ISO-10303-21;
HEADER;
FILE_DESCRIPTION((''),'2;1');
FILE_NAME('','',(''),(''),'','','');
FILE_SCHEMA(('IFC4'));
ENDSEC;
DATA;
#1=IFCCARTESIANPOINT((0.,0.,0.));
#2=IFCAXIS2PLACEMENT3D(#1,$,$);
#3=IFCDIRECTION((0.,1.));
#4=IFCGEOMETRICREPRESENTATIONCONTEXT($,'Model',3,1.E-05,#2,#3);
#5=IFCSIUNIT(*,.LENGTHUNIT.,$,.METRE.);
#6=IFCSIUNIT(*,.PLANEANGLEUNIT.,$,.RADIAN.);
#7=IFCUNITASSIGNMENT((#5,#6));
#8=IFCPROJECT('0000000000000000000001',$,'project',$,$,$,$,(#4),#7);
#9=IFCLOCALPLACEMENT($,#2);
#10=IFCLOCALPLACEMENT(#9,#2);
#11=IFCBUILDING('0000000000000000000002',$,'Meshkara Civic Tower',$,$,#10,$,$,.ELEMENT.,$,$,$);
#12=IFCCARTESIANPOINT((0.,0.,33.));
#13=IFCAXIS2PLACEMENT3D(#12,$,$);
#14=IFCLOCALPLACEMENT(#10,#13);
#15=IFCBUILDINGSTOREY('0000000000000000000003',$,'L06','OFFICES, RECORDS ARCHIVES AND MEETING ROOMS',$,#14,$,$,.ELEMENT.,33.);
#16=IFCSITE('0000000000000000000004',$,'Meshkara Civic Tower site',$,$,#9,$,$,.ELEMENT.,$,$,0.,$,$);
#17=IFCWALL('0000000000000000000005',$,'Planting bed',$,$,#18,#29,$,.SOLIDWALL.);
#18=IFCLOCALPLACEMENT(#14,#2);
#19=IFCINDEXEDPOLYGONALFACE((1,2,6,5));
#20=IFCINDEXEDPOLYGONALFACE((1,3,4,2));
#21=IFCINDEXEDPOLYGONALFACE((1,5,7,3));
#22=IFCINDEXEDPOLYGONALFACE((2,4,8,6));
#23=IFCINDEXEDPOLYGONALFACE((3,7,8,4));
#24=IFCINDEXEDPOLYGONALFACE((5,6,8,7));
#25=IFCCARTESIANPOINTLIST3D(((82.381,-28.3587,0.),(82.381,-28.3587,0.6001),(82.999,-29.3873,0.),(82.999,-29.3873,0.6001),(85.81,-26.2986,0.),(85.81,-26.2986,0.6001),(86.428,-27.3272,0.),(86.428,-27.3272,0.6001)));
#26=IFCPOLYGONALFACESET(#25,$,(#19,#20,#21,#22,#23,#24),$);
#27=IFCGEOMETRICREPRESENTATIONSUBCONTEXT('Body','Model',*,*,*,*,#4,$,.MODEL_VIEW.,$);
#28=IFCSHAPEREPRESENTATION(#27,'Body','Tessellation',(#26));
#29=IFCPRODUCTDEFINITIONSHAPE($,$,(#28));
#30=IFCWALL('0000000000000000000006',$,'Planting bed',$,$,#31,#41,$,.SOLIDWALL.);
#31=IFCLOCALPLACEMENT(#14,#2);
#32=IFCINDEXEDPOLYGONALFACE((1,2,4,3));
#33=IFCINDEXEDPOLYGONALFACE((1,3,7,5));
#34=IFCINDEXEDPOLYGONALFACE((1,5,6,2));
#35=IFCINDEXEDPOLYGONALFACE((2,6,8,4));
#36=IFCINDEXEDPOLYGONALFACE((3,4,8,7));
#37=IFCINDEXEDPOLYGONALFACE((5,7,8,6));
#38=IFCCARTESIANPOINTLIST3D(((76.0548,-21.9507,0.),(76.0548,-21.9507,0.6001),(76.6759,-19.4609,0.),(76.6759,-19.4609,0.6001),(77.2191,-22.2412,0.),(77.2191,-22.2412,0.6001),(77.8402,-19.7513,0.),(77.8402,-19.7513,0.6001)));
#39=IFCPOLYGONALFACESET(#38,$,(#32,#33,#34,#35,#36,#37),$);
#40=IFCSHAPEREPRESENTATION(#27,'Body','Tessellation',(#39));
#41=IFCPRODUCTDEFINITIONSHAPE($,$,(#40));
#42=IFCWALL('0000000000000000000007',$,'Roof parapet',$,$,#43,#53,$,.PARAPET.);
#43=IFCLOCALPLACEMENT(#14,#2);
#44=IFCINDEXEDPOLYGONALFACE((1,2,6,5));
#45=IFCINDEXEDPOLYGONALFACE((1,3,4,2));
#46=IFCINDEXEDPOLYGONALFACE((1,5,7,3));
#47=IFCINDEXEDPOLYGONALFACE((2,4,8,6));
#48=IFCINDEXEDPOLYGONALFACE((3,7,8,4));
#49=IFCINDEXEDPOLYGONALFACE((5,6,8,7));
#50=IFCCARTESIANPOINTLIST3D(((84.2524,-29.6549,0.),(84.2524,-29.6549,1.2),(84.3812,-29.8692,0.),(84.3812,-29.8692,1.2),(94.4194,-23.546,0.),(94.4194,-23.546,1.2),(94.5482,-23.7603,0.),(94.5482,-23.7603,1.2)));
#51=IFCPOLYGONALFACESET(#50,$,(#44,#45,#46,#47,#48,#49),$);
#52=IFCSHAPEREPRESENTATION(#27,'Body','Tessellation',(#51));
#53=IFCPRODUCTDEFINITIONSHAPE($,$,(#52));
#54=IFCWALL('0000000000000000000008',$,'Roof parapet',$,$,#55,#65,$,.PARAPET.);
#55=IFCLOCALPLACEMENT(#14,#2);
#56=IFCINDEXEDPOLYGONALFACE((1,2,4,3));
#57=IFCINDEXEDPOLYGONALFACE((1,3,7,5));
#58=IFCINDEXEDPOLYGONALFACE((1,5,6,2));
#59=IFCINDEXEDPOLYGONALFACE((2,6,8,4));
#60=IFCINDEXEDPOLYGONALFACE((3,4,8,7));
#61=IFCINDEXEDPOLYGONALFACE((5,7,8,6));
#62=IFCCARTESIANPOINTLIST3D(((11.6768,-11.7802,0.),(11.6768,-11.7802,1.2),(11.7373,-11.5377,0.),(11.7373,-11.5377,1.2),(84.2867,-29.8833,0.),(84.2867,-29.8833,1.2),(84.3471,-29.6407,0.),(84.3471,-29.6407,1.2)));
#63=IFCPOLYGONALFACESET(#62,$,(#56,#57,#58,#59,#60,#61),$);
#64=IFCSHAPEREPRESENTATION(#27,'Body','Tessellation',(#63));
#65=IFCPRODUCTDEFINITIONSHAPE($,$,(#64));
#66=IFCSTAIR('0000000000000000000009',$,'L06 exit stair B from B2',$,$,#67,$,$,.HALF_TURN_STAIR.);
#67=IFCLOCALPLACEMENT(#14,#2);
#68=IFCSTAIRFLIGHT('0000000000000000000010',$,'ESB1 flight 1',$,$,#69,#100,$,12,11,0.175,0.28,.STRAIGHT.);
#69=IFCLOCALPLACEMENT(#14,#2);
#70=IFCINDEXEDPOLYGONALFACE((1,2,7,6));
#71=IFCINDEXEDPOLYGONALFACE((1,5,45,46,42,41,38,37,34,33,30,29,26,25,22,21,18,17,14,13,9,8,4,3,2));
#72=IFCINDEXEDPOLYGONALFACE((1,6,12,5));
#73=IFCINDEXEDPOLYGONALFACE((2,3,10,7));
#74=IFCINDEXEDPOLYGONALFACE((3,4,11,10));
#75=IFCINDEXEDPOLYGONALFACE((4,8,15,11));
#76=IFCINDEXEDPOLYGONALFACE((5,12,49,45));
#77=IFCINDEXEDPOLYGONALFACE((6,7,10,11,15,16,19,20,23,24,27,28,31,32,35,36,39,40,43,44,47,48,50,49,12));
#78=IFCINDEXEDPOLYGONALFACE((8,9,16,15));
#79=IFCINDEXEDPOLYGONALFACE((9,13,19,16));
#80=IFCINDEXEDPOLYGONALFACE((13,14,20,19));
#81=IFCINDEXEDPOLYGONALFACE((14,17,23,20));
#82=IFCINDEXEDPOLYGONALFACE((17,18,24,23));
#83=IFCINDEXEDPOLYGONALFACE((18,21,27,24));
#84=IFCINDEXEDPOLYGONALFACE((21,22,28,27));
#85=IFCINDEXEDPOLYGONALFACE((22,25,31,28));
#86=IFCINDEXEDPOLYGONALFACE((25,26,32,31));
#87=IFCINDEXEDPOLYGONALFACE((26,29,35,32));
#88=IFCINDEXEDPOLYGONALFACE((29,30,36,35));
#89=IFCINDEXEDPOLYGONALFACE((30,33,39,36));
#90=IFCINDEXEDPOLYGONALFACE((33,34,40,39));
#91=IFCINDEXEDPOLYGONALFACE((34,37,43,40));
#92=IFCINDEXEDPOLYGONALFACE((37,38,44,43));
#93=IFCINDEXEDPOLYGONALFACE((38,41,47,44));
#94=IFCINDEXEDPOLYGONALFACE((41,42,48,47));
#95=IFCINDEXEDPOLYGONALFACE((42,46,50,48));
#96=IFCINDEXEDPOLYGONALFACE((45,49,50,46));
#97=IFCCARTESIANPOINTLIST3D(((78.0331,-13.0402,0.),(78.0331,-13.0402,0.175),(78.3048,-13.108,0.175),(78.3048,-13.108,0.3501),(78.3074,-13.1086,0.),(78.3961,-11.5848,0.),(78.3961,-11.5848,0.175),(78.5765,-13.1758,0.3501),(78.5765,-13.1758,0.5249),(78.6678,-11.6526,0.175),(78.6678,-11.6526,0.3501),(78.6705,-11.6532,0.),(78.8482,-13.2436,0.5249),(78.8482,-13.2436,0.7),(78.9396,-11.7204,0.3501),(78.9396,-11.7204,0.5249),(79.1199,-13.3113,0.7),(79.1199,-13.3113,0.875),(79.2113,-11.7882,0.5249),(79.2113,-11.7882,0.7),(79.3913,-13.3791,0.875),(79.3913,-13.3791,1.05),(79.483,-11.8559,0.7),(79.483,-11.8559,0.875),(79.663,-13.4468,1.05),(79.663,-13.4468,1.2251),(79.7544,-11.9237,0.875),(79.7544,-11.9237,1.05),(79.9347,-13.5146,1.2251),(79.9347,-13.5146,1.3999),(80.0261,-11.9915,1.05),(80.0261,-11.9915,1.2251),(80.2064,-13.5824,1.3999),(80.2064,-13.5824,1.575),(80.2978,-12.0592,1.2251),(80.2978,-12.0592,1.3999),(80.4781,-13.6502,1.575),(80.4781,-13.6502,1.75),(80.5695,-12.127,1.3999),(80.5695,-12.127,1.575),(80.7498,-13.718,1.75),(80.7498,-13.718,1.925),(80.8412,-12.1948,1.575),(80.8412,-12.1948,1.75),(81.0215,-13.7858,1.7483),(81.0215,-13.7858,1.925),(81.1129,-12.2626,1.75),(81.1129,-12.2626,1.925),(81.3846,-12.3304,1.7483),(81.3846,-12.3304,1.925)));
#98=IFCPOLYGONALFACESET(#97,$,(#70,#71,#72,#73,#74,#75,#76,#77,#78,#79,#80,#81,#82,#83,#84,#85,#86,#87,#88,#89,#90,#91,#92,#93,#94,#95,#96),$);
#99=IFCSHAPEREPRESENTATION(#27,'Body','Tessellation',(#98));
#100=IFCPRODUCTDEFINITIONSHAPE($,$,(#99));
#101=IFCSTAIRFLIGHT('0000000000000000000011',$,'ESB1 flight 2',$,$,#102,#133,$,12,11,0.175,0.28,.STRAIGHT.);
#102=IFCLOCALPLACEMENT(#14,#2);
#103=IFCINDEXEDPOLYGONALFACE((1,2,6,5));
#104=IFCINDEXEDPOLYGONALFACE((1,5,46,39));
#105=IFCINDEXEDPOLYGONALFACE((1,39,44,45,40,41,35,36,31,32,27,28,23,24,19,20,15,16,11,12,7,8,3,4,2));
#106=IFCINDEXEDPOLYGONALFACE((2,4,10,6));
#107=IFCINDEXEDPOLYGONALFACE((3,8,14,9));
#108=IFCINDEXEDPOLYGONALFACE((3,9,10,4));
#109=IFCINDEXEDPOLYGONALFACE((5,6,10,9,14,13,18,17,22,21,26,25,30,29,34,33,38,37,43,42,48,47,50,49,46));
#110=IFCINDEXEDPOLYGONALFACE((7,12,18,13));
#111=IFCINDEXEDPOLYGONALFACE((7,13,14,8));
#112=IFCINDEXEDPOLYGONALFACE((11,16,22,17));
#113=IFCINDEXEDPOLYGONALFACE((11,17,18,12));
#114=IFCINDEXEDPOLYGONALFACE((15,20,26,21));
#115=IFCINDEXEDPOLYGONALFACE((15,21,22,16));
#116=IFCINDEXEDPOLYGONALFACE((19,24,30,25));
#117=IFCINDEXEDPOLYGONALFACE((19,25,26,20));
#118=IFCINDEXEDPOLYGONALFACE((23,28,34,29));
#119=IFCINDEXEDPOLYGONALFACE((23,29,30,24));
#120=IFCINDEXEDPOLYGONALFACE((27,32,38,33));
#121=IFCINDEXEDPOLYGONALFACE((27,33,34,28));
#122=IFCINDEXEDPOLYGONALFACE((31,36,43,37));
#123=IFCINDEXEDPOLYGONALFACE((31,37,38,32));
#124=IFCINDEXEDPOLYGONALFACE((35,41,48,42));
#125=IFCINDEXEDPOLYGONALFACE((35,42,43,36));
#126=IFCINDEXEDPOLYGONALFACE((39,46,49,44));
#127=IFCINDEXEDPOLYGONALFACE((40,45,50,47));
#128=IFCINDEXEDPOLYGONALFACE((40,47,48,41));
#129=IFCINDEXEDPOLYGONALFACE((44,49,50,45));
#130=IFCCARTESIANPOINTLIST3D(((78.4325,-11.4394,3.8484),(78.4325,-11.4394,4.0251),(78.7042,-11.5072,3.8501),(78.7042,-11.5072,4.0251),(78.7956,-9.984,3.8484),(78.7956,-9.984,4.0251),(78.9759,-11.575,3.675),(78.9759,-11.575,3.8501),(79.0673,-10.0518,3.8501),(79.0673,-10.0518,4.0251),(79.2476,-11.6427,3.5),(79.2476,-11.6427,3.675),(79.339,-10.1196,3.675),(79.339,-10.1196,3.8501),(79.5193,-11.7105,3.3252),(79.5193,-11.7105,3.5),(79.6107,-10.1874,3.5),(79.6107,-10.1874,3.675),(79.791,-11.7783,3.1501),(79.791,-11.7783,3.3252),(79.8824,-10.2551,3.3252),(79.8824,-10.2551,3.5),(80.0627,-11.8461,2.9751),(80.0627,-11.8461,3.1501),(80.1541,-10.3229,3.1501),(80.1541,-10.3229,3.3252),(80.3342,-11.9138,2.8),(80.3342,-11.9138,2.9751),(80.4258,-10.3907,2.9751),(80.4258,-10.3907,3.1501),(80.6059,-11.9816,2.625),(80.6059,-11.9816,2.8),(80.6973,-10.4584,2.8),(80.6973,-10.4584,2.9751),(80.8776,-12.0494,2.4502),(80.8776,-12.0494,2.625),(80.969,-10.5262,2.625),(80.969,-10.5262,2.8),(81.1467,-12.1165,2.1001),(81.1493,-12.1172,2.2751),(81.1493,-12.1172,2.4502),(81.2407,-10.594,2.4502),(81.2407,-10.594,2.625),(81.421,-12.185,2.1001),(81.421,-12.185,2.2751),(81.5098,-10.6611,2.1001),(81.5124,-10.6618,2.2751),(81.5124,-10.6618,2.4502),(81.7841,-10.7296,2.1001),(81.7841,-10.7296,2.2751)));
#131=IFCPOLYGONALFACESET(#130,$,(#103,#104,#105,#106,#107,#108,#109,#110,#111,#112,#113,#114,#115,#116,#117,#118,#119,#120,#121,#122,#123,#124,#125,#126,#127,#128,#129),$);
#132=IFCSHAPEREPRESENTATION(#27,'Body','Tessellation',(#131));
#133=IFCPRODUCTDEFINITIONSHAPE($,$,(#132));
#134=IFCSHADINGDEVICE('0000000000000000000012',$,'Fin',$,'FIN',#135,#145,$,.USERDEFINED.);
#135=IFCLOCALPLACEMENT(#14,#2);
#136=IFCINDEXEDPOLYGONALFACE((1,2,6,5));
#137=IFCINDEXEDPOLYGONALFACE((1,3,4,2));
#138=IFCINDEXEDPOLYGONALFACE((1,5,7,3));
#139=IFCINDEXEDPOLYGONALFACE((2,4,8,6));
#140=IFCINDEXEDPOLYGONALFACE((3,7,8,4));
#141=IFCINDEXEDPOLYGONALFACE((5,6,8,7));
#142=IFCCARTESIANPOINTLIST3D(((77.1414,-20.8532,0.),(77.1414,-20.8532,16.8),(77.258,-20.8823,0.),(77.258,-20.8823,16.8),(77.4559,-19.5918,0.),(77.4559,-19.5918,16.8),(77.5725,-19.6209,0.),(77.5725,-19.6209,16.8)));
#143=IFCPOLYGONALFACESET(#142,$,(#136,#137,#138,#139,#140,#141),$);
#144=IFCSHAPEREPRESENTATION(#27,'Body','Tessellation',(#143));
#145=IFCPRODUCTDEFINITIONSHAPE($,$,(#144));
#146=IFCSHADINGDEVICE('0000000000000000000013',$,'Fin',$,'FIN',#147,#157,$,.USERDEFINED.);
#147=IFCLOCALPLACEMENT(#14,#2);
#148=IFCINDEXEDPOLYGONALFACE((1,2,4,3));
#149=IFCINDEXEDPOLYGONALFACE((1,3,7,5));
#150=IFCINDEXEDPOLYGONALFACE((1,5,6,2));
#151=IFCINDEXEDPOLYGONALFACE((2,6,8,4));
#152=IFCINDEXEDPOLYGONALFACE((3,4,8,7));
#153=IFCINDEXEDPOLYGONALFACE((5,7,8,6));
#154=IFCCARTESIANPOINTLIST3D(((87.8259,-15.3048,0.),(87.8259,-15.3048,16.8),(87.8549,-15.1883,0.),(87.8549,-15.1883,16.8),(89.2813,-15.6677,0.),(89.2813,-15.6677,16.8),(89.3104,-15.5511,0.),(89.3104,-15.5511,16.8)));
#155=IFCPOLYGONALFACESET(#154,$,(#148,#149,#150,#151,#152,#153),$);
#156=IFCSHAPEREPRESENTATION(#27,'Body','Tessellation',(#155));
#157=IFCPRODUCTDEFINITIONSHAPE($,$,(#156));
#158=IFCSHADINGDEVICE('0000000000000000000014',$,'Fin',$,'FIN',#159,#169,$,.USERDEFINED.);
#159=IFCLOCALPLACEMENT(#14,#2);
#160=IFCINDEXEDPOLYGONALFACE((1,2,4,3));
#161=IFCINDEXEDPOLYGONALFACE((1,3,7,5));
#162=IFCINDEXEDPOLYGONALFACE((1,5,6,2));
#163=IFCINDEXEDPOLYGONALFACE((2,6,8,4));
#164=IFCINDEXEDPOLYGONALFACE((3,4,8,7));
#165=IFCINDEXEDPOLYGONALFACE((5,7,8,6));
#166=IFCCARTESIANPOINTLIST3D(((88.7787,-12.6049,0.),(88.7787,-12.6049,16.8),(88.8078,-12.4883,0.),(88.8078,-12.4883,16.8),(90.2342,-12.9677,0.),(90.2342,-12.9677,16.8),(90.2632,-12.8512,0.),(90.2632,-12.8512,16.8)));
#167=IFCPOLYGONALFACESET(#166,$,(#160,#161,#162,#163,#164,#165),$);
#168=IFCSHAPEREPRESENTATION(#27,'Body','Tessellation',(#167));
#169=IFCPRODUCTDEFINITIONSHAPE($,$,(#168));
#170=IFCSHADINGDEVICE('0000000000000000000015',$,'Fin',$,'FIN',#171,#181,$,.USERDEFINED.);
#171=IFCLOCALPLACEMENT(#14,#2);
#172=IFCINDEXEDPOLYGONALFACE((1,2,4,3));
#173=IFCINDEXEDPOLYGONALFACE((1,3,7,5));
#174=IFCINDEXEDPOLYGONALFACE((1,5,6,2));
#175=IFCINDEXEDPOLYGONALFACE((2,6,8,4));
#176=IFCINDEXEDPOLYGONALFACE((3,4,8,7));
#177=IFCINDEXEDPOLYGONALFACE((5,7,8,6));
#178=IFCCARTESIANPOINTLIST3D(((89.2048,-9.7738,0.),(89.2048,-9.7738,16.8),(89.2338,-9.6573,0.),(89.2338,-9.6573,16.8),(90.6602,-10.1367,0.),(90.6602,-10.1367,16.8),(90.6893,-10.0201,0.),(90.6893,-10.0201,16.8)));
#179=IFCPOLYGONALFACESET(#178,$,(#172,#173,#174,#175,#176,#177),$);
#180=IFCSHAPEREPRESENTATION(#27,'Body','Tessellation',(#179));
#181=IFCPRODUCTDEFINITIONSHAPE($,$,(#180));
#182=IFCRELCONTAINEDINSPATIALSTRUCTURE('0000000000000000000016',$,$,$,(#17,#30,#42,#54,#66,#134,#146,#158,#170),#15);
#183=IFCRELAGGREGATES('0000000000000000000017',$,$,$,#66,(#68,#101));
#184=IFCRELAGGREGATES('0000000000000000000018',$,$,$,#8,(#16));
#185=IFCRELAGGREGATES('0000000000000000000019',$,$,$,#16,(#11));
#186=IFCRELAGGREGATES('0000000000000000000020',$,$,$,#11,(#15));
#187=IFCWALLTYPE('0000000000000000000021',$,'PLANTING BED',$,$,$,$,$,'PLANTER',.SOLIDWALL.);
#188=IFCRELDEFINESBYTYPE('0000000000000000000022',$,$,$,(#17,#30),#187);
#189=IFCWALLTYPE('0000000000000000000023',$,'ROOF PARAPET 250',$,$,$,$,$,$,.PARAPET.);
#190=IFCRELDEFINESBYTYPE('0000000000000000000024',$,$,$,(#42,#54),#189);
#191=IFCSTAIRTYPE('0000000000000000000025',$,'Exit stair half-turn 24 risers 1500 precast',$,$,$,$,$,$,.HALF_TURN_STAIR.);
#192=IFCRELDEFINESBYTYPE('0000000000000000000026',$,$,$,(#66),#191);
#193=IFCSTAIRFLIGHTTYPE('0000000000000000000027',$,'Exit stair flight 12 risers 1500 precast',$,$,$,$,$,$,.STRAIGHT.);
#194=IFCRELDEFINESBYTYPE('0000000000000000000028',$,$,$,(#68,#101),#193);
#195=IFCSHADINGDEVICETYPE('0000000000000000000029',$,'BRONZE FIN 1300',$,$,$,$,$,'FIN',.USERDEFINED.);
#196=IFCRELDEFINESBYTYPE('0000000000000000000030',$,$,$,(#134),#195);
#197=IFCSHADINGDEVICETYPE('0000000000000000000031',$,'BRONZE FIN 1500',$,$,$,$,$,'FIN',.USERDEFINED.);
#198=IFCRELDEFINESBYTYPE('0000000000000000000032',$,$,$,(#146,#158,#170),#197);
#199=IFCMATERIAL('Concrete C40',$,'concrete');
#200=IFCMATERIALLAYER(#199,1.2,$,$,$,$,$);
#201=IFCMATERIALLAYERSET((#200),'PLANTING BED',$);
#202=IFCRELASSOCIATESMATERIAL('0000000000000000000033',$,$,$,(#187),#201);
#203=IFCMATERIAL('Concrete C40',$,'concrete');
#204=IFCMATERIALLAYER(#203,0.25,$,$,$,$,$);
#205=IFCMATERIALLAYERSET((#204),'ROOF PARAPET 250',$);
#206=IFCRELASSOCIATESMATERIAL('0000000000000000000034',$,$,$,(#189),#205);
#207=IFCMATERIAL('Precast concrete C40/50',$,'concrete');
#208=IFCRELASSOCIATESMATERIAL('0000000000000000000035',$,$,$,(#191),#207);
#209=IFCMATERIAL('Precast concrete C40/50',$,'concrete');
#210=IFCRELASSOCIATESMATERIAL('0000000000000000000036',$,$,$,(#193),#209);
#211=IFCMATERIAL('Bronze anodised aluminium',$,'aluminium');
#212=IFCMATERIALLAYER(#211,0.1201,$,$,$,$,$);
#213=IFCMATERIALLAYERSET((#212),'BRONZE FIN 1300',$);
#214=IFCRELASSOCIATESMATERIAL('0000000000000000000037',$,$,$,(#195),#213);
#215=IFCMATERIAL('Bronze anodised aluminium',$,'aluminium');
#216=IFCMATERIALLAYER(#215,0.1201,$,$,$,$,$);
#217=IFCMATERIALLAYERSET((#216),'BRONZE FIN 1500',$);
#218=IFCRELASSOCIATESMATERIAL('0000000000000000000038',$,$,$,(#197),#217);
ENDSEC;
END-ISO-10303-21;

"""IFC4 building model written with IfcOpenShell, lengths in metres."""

from ifc_helpers import new_model, si_unit, direction, frame, frame_2d, origin, origin_2d, place, context, subcontext, project, spatial, polyline, rectangle, outline, extrude, material, layer, layer_set, type_object, element, aggregate, save


model = new_model("IFC4")

# Units and contexts
model_context = context("Model", 3, precision=1e-05, world=origin(), true_north=direction((0.0, 1.0)))
body_context = subcontext(model_context, "Body", "Model", "MODEL_VIEW")
ifc_project = project(units=[si_unit("LENGTHUNIT", "METRE"), si_unit("PLANEANGLEUNIT", "RADIAN")], contexts=[model_context])

# Site, building, storey
site_placement = place(None, origin())
site = spatial("IfcSite", under=ifc_project, at=site_placement, Name="Meshkara Civic Tower site", CompositionType="ELEMENT", RefElevation=0.0)
building_placement = place(site_placement, origin())
building = spatial("IfcBuilding", under=site, at=building_placement, Name="Meshkara Civic Tower", CompositionType="ELEMENT")
storey_placement = place(building_placement, frame((0.0, 0.0, 33.0)))
storey = spatial("IfcBuildingStorey", under=building, at=storey_placement, Name="L06", Description="OFFICES, RECORDS ARCHIVES AND MEETING ROOMS", CompositionType="ELEMENT", Elevation=33.0)

# Walls
ifc_material_1 = material(Name="Concrete C40", Category="concrete")
ifc_layer_1 = layer(ifc_material_1, 1.2)
ifc_layer_set_1 = layer_set([ifc_layer_1], Name="PLANTING BED")
wall_type_1 = type_object("IfcWallType", Name="PLANTING BED", ElementType="PLANTER", PredefinedType="SOLIDWALL", material=ifc_layer_set_1)
wall_1_placement = place(storey_placement, frame((86.1189, -26.813, 0.0), z_axis=(0.0, 0.0, 1.0), x_axis=(-0.857197, -0.514989, 0.0)))
element("IfcWall", 1, at=wall_1_placement, inside=storey, type_object=wall_type_1, Name="Planting bed", PredefinedType="SOLIDWALL", context=body_context, shape_type="SweptSolid", body=[
    extrude(rectangle(XDim=4.0002, YDim=1.2, at=frame_2d((2.0, 0.0))), origin(), (0.0, 0.0, 1.0), 0.6001),
])
wall_2_placement = place(storey_placement, frame((77.2581, -19.606, 0.0), z_axis=(0.0, 0.0, 1.0), x_axis=(-0.242021, -0.970271, 0.0)))
element("IfcWall", 2, at=wall_2_placement, inside=storey, type_object=wall_type_1, Name="Planting bed", PredefinedType="SOLIDWALL", context=body_context, shape_type="SweptSolid", body=[
    extrude(rectangle(XDim=2.5662, YDim=1.2, at=frame_2d((1.2832, 0.0))), origin(), (0.0, 0.0, 1.0), 0.6001),
])
ifc_material_2 = material(Name="Concrete C40", Category="concrete")
ifc_layer_2 = layer(ifc_material_2, 0.25)
ifc_layer_set_2 = layer_set([ifc_layer_2], Name="ROOF PARAPET 250")
wall_type_2 = type_object("IfcWallType", Name="ROOF PARAPET 250", PredefinedType="PARAPET", material=ifc_layer_set_2)
wall_3_placement = place(storey_placement, frame((94.4839, -23.6531, 0.0), z_axis=(0.0, 0.0, 1.0), x_axis=(-0.857169, -0.515034, 0.0)))
element("IfcWall", 3, at=wall_3_placement, inside=storey, type_object=wall_type_2, Name="Roof parapet", PredefinedType="PARAPET", context=body_context, shape_type="SweptSolid", body=[
    extrude(rectangle(XDim=11.8611, YDim=0.25, at=frame_2d((5.9307, 0.0))), origin(), (0.0, 0.0, 1.0), 1.2),
])
wall_4_placement = place(storey_placement, frame((84.3169, -29.762, 0.0), z_axis=(0.0, 0.0, 1.0), x_axis=(-0.970298, 0.241914, 0.0)))
element("IfcWall", 4, at=wall_4_placement, inside=storey, type_object=wall_type_2, Name="Roof parapet", PredefinedType="PARAPET", context=body_context, shape_type="SweptSolid", body=[
    extrude(rectangle(XDim=74.8325, YDim=0.25, at=frame_2d((37.4163, 0.0))), origin(), (0.0, 0.0, 1.0), 1.2),
])

# Stair, stair flights
ifc_material_3 = material(Name="Precast concrete C40/50", Category="concrete")
stair_type = type_object("IfcStairType", Name="Exit stair half-turn 24 risers 1500 precast", PredefinedType="HALF_TURN_STAIR", material=ifc_material_3)
stair_placement = place(storey_placement, origin())
stair = element("IfcStair", 5, at=stair_placement, inside=storey, type_object=stair_type, Name="L06 exit stair B from B2", PredefinedType="HALF_TURN_STAIR")
ifc_material_4 = material(Name="Precast concrete C40/50", Category="concrete")
stair_flight_type = type_object("IfcStairFlightType", Name="Exit stair flight 12 risers 1500 precast", PredefinedType="STRAIGHT", material=ifc_material_4)
stair_flight_1_placement = place(storey_placement, frame((78.2146, -12.3125, 0.0), z_axis=(0.0, 0.0, 1.0), x_axis=(0.97026, -0.242065, 0.0)))
stair_flight_1 = element("IfcStairFlight", 6, at=stair_flight_1_placement, type_object=stair_flight_type, Name="ESB1 flight 1", NumberOfRisers=12, NumberOfTreads=11, PredefinedType="STRAIGHT", RiserHeight=0.175, TreadLength=0.28, context=body_context, shape_type="SweptSolid", body=[
    extrude(outline(polyline([(0.0, 0.0), (0.0, 0.175), (0.28, 0.175), (0.28, 0.3501), (0.5601, 0.3501), (0.5601, 0.5249), (0.8401, 0.5249), (0.8401, 0.7), (1.1201, 0.7), (1.1201, 0.875), (1.3999, 0.875), (1.3999, 1.05), (1.6799, 1.05), (1.6799, 1.2251), (1.96, 1.2251), (1.96, 1.3999), (2.24, 1.3999), (2.24, 1.575), (2.52, 1.575), (2.52, 1.75), (2.8, 1.75), (2.8, 1.925), (3.0801, 1.925), (3.0801, 2.1001), (3.0801, 1.7483), (0.2827, 0.0), (0.0, 0.0)])), frame((0.0, 0.75, 0.0), z_axis=(0.0, -1.0, 0.0), x_axis=(1.0, 0.0, 0.0)), (0.0, 0.0, 1.0), 1.5),
])
stair_flight_2_placement = place(storey_placement, frame((81.6025, -11.4573, 2.1001), z_axis=(0.0, 0.0, 1.0), x_axis=(-0.97026, 0.242065, 0.0)))
stair_flight_2 = element("IfcStairFlight", 7, at=stair_flight_2_placement, type_object=stair_flight_type, Name="ESB1 flight 2", NumberOfRisers=12, NumberOfTreads=11, PredefinedType="STRAIGHT", RiserHeight=0.175, TreadLength=0.28, context=body_context, shape_type="SweptSolid", body=[
    extrude(outline(polyline([(0.0, 0.0), (0.0, 0.175), (0.28, 0.175), (0.28, 0.3501), (0.5601, 0.3501), (0.5601, 0.5249), (0.8401, 0.5249), (0.8401, 0.7), (1.1201, 0.7), (1.1201, 0.875), (1.3999, 0.875), (1.3999, 1.05), (1.6799, 1.05), (1.6799, 1.2251), (1.96, 1.2251), (1.96, 1.3999), (2.24, 1.3999), (2.24, 1.575), (2.52, 1.575), (2.52, 1.75), (2.8, 1.75), (2.8, 1.925), (3.0801, 1.925), (3.0801, 2.1001), (3.0801, 1.7483), (0.2827, 0.0), (0.0, 0.0)])), frame((0.0, 0.75, 0.0), z_axis=(0.0, -1.0, 0.0), x_axis=(1.0, 0.0, 0.0)), (0.0, 0.0, 1.0), 1.5),
])
aggregate(stair, [stair_flight_1, stair_flight_2])

# Shading devices
ifc_material_5 = material(Name="Bronze anodised aluminium", Category="aluminium")
ifc_layer_3 = layer(ifc_material_5, 0.1201)
ifc_layer_set_3 = layer_set([ifc_layer_3], Name="BRONZE FIN 1300")
shading_device_type_1 = type_object("IfcShadingDeviceType", Name="BRONZE FIN 1300", ElementType="FIN", PredefinedType="USERDEFINED", material=ifc_layer_set_3)
shading_device_placement = place(storey_placement, frame((77.3569, -20.2371, 0.0), z_axis=(0.0, 0.0, 1.0), x_axis=(0.970296, -0.241922, 0.0)))
element("IfcShadingDevice", 8, at=shading_device_placement, inside=storey, type_object=shading_device_type_1, Name="Fin", ObjectType="FIN", PredefinedType="USERDEFINED", context=body_context, shape_type="SweptSolid", body=[
    extrude(rectangle(XDim=0.1201, YDim=1.3, at=origin_2d()), origin(), (0.0, 0.0, 1.0), 16.8),
])
ifc_material_6 = material(Name="Bronze anodised aluminium", Category="aluminium")
ifc_layer_4 = layer(ifc_material_6, 0.1201)
ifc_layer_set_4 = layer_set([ifc_layer_4], Name="BRONZE FIN 1500")
shading_device_type_2 = type_object("IfcShadingDeviceType", Name="BRONZE FIN 1500", ElementType="FIN", PredefinedType="USERDEFINED", material=ifc_layer_set_4)
for number, where, z_axis, x_axis, name in (
    (9, (88.5681, -15.428, 0.0), (0.0, 0.0, 1.0), (0.241922, 0.970296, 0.0), "Fin"),
    (10, (89.521, -12.728, 0.0), (0.0, 0.0, 1.0), (0.241922, 0.970296, 0.0), "Fin"),
    (11, (89.947, -9.897, 0.0), (0.0, 0.0, 1.0), (0.241922, 0.970296, 0.0), "Fin"),
):
    element("IfcShadingDevice", number, at=place(storey_placement, frame(where, z_axis=z_axis, x_axis=x_axis)), inside=storey, type_object=shading_device_type_2, Name=name, ObjectType="FIN", PredefinedType="USERDEFINED", context=body_context, shape_type="SweptSolid", body=[
        extrude(rectangle(XDim=0.1201, YDim=1.5, at=origin_2d()), origin(), (0.0, 0.0, 1.0), 16.8),
    ])

save(model, "model.ifc")
